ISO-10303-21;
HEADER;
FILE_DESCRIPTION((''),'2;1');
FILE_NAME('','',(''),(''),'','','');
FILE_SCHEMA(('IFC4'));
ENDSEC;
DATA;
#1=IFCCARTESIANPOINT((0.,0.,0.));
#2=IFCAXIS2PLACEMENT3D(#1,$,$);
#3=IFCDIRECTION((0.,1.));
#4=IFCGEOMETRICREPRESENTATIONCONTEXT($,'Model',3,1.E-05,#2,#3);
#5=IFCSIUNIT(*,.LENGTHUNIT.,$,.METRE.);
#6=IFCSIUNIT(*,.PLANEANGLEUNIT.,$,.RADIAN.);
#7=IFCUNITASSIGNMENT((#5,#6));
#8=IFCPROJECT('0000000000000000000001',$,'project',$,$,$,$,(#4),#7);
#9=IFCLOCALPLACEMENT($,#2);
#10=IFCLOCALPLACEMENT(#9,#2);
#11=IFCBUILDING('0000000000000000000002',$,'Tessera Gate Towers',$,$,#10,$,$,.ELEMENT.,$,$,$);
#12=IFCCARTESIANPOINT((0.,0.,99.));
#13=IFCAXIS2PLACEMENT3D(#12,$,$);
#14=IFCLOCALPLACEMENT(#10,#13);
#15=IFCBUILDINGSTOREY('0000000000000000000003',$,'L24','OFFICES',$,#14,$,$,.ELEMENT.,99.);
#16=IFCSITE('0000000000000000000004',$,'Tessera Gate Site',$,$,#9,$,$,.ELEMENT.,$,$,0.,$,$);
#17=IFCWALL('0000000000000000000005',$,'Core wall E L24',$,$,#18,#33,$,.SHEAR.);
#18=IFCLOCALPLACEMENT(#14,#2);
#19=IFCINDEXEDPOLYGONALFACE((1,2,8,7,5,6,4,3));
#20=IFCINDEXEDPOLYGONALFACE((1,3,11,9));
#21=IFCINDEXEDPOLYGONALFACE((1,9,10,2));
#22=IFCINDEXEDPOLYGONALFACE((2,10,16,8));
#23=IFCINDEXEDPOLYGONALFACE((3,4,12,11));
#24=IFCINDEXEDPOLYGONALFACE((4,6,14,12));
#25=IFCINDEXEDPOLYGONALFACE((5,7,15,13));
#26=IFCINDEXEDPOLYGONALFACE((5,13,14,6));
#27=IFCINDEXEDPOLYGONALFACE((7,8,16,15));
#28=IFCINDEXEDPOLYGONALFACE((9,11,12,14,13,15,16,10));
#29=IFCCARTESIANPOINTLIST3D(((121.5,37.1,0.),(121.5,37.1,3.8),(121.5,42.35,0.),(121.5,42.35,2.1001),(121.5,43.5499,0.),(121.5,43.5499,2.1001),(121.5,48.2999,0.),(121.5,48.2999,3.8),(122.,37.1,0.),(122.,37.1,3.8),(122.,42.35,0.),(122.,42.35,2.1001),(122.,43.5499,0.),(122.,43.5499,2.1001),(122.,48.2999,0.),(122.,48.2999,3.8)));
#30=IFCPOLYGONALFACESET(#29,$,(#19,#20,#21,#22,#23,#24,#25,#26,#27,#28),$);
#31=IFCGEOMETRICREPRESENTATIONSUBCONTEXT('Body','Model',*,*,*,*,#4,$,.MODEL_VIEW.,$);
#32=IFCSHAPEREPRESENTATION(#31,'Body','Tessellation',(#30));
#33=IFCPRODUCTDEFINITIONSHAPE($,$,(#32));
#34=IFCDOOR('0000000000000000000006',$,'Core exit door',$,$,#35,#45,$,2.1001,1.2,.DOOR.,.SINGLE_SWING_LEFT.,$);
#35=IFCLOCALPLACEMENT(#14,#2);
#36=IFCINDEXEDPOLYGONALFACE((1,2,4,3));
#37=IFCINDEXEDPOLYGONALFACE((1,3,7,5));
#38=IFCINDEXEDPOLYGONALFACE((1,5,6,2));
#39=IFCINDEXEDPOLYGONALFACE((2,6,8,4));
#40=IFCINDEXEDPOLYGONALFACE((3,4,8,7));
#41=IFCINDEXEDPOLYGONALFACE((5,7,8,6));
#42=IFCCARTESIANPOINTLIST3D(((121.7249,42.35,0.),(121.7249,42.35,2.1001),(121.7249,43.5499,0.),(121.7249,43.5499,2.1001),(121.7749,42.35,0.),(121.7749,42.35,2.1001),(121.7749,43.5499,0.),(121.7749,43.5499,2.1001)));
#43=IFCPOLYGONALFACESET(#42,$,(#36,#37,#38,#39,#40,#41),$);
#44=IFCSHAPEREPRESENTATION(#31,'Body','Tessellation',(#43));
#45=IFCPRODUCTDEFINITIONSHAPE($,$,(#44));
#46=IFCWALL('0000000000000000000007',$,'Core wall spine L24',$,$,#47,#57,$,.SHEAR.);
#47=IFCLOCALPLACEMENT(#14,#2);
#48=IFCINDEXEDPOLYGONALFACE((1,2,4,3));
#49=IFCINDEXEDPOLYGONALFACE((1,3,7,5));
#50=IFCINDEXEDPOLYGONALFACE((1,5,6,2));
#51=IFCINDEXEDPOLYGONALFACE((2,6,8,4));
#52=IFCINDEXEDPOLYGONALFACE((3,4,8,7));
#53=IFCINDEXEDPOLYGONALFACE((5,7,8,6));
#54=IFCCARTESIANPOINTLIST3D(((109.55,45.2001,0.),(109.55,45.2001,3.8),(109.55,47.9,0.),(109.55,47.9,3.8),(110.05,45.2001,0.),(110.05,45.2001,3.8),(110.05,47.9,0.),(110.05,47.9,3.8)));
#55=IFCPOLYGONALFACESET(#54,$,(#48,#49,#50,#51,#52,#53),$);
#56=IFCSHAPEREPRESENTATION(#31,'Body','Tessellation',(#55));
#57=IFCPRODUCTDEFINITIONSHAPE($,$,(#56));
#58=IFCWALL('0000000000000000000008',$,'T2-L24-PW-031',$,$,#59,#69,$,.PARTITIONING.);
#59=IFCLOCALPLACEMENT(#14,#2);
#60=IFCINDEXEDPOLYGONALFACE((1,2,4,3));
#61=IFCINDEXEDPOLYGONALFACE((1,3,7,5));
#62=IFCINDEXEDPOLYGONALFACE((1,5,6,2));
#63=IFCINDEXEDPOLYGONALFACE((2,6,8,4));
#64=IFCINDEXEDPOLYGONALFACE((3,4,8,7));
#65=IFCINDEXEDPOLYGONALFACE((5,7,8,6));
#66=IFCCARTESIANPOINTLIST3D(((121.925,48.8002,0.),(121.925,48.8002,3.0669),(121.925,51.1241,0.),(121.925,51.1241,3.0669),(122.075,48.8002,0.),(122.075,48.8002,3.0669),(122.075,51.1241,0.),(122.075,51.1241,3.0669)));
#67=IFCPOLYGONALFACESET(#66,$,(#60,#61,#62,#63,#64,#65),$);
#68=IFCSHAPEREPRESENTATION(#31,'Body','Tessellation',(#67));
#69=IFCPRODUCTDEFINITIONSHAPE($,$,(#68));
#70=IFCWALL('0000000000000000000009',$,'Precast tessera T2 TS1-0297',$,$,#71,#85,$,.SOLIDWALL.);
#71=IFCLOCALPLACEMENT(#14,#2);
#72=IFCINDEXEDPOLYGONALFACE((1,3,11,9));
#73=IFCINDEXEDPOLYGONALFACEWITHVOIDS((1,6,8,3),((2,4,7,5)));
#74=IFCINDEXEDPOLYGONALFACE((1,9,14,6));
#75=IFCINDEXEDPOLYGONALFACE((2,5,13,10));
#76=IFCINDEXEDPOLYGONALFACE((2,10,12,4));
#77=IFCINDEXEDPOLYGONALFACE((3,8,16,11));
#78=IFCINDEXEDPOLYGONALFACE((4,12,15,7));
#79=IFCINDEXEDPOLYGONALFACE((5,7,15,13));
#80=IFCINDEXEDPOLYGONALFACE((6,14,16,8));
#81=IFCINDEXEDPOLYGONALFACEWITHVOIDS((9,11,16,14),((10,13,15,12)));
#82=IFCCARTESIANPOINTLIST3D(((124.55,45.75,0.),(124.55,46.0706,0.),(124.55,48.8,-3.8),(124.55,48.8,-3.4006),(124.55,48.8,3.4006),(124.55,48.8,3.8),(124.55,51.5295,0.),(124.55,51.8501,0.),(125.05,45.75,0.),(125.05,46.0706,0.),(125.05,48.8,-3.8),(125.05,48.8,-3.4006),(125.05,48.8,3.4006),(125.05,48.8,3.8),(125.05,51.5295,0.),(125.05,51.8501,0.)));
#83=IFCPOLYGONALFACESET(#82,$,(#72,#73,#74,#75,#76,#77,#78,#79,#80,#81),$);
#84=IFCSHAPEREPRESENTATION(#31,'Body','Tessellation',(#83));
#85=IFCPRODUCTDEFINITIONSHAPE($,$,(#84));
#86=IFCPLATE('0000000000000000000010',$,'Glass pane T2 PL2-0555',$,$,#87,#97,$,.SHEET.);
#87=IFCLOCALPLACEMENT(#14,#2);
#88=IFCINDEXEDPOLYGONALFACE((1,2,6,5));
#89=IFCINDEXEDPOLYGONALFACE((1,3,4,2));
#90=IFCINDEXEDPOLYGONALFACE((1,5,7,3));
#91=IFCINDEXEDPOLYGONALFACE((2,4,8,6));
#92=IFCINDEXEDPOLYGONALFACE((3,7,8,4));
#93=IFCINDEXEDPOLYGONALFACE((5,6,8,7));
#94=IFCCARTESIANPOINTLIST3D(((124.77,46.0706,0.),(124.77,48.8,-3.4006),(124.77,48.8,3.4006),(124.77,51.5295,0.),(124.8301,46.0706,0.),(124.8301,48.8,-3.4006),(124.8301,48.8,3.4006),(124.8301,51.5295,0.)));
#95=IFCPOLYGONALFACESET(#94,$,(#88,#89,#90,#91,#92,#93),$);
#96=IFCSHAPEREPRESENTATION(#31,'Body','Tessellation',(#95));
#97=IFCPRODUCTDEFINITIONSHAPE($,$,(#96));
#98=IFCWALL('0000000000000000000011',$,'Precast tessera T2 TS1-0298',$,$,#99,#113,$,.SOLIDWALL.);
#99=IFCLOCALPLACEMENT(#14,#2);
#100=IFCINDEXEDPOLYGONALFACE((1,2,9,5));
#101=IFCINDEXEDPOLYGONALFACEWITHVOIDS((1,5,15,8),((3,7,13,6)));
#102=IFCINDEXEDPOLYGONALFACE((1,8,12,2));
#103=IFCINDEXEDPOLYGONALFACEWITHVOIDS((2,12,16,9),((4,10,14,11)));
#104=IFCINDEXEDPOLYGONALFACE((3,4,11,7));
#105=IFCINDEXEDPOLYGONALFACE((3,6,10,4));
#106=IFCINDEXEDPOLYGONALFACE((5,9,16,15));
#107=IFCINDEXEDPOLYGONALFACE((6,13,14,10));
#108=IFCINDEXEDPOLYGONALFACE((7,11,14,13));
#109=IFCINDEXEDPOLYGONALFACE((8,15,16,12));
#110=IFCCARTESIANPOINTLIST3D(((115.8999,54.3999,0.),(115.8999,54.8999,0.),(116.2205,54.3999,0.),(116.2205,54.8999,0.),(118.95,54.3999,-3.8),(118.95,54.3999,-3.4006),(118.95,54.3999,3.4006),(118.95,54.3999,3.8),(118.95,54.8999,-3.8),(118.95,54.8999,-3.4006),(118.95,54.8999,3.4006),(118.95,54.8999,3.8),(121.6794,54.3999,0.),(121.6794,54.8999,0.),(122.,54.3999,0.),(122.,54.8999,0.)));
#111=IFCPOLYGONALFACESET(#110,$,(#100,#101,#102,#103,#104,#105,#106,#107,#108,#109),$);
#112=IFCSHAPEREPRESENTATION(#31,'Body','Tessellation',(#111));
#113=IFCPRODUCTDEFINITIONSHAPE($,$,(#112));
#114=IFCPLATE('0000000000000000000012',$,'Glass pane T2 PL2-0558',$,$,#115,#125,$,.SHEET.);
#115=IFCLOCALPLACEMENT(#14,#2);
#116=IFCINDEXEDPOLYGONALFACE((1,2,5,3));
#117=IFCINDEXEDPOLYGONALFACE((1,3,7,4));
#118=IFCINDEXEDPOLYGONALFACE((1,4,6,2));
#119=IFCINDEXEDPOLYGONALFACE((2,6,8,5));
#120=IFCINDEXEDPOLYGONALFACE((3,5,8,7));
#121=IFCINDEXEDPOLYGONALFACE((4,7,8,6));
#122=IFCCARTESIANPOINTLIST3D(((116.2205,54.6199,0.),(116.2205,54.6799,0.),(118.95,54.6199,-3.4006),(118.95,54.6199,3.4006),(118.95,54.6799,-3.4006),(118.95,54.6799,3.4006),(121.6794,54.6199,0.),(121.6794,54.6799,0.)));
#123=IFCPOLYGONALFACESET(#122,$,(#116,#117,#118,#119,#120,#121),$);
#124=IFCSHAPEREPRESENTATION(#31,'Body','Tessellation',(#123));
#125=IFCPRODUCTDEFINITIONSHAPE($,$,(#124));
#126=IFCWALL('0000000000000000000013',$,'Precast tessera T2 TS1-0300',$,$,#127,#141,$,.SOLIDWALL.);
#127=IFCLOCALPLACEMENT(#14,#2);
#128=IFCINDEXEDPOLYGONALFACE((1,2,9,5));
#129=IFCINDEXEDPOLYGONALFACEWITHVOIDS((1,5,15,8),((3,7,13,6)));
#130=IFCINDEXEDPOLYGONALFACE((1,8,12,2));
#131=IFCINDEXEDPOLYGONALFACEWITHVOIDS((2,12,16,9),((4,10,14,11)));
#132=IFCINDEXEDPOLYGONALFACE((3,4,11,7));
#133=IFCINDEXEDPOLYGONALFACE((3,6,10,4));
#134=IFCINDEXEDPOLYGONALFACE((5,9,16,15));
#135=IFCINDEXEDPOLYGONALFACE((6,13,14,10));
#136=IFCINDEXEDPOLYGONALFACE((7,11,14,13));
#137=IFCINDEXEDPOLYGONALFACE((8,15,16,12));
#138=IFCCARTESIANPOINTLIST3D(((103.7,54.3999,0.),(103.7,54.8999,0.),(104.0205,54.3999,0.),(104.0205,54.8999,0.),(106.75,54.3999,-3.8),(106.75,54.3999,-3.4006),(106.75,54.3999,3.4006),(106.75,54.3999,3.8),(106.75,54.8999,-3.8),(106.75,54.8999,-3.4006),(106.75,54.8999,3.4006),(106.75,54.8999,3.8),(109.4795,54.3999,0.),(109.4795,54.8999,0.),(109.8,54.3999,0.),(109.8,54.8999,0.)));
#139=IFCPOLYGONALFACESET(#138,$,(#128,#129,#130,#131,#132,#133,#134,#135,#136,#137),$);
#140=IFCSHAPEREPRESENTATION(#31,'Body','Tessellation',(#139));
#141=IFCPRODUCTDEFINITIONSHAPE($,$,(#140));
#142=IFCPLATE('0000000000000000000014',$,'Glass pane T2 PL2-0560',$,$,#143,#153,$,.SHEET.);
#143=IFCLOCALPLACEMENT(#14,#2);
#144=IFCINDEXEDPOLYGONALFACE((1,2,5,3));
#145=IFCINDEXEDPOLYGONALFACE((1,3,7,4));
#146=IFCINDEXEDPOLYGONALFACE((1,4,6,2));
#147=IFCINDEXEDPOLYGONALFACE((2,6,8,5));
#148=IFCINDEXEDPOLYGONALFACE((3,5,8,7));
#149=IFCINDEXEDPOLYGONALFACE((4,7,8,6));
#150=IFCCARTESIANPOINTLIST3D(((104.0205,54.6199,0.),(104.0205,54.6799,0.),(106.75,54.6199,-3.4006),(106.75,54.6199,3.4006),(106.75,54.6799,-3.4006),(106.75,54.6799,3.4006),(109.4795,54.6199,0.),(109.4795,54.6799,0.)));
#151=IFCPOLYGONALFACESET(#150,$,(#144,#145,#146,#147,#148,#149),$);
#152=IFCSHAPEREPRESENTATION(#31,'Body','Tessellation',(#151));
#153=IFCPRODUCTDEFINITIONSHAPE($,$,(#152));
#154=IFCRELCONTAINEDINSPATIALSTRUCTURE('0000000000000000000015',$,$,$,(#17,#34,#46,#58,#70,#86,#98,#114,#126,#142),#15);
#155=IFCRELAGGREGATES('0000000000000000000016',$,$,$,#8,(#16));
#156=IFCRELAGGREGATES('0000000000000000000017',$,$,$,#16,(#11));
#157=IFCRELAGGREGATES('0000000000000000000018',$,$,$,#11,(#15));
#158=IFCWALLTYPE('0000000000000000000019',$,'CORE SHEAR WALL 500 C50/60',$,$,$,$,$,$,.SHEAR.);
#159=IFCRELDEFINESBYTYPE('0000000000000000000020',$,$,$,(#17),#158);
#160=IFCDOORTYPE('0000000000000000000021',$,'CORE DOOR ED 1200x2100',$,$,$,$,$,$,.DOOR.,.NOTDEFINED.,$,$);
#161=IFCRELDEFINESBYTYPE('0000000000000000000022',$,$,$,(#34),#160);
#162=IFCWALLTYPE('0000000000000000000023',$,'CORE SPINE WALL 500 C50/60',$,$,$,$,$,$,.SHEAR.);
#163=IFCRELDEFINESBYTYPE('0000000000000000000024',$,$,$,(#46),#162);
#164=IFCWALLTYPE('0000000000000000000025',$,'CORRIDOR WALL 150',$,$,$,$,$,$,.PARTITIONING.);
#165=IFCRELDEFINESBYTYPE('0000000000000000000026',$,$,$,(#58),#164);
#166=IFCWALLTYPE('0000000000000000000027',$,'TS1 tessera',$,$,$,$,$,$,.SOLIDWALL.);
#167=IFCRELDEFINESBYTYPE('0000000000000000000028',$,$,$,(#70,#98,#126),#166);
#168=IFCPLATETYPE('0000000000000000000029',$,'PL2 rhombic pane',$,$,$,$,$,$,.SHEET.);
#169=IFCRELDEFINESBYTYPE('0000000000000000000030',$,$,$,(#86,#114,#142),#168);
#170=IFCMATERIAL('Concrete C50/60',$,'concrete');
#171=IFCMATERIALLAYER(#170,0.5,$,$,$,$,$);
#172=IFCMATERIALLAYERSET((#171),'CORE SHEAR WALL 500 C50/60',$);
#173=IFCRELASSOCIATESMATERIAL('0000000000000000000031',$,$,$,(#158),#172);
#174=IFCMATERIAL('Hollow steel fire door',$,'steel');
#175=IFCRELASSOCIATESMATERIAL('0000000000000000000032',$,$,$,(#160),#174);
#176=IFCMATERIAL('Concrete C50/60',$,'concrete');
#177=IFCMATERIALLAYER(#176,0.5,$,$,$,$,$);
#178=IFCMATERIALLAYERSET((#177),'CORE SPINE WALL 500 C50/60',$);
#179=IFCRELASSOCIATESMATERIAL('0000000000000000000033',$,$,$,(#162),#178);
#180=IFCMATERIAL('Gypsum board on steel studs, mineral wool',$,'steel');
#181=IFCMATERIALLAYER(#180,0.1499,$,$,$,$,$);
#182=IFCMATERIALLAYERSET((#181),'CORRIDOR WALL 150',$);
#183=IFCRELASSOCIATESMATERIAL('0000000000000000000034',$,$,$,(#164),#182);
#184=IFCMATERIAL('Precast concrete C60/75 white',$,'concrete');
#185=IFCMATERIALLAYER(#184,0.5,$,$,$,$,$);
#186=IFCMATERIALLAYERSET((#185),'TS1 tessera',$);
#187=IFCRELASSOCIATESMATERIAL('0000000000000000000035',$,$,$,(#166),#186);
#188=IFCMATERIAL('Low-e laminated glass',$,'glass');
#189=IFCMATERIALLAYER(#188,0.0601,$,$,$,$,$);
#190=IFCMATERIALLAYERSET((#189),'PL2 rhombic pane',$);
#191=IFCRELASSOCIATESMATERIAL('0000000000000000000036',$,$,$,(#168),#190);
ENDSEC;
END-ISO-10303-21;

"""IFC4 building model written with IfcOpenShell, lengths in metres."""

from ifc_helpers import new_model, si_unit, direction, frame, frame_2d, origin, place, context, subcontext, project, spatial, polyline, rectangle, outline, extrude, source, transform, mapped, material, layer, layer_set, type_object, element, fill, save


model = new_model("IFC4")

# Units and contexts
model_context = context("Model", 3, precision=1e-05, world=origin(), true_north=direction((0.0, 1.0)))
body_context = subcontext(model_context, "Body", "Model", "MODEL_VIEW")
ifc_project = project(units=[si_unit("LENGTHUNIT", "METRE"), si_unit("PLANEANGLEUNIT", "RADIAN")], contexts=[model_context])

# Site, building, storey
site_placement = place(None, origin())
site = spatial("IfcSite", under=ifc_project, at=site_placement, Name="Tessera Gate Site", CompositionType="ELEMENT", RefElevation=0.0)
building_placement = place(site_placement, origin())
building = spatial("IfcBuilding", under=site, at=building_placement, Name="Tessera Gate Towers", CompositionType="ELEMENT")
storey_placement = place(building_placement, frame((0.0, 0.0, 99.0)))
storey = spatial("IfcBuildingStorey", under=building, at=storey_placement, Name="L24", Description="OFFICES", CompositionType="ELEMENT", Elevation=99.0)

# Wall, opening, door
ifc_material_1 = material(Name="Concrete C50/60", Category="concrete")
ifc_layer_1 = layer(ifc_material_1, 0.5)
ifc_layer_set_1 = layer_set([ifc_layer_1], Name="CORE SHEAR WALL 500 C50/60")
wall_type_1 = type_object("IfcWallType", Name="CORE SHEAR WALL 500 C50/60", PredefinedType="SHEAR", material=ifc_layer_set_1)
wall_1_placement = place(storey_placement, frame((121.75, 48.3, 0.0), z_axis=(0.0, 0.0, 1.0), x_axis=(0.0, -1.0, 0.0)))
wall_1 = element("IfcWall", 1, at=wall_1_placement, inside=storey, type_object=wall_type_1, Name="Core wall E L24", PredefinedType="SHEAR", context=body_context, shape_type="SweptSolid", body=[
    extrude(rectangle(XDim=11.2, YDim=0.5, at=frame_2d((5.6001, 0.0))), origin(), (0.0, 0.0, 1.0), 3.8),
])
shared_shape_1 = source(origin(), body_context, "Body", "SweptSolid", [
    extrude(rectangle(XDim=1.2, YDim=2.1001, at=frame_2d((0.6001, 1.05))), frame((0.0, 0.26, 0.0), z_axis=(0.0, -1.0, 0.0), x_axis=(1.0, 0.0, 0.0)), (0.0, 0.0, 1.0), 0.52),
])
opening_1_placement = place(wall_1_placement, frame((4.75, 0.0, 0.0)))
opening_1 = element("IfcOpeningElement", 2, at=opening_1_placement, cuts=wall_1, PredefinedType="OPENING", context=body_context, shape_type="MappedRepresentation", body=[
    mapped(shared_shape_1, transform((0.0, 0.0, 0.0), scale=1.0)),
])
ifc_material_2 = material(Name="Hollow steel fire door", Category="steel")
door_type_1 = type_object("IfcDoorType", Name="CORE DOOR ED 1200x2100", OperationType="NOTDEFINED", PredefinedType="DOOR", material=ifc_material_2)
shared_shape_2 = source(origin(), body_context, "Body", "SweptSolid", [
    extrude(rectangle(XDim=1.2, YDim=2.1001, at=frame_2d((0.6001, 1.05))), frame((0.0, 0.0249, 0.0), z_axis=(0.0, -1.0, 0.0), x_axis=(1.0, 0.0, 0.0)), (0.0, 0.0, 1.0), 0.05),
])
door_1_placement = place(opening_1_placement, origin())
door_1 = element("IfcDoor", 3, at=door_1_placement, inside=storey, type_object=door_type_1, Name="Core exit door", OperationType="SINGLE_SWING_LEFT", OverallHeight=2.1001, OverallWidth=1.2, PredefinedType="DOOR", context=body_context, shape_type="MappedRepresentation", body=[
    mapped(shared_shape_2, transform((0.0, 0.0, 0.0), scale=1.0)),
])
fill(opening_1, door_1)

# Walls
ifc_material_3 = material(Name="Concrete C50/60", Category="concrete")
ifc_layer_2 = layer(ifc_material_3, 0.5)
ifc_layer_set_2 = layer_set([ifc_layer_2], Name="CORE SPINE WALL 500 C50/60")
wall_type_2 = type_object("IfcWallType", Name="CORE SPINE WALL 500 C50/60", PredefinedType="SHEAR", material=ifc_layer_set_2)
wall_2_placement = place(storey_placement, frame((109.8, 45.2, 0.0), z_axis=(0.0, 0.0, 1.0), x_axis=(0.0, 1.0, 0.0)))
element("IfcWall", 4, at=wall_2_placement, inside=storey, type_object=wall_type_2, Name="Core wall spine L24", PredefinedType="SHEAR", context=body_context, shape_type="SweptSolid", body=[
    extrude(rectangle(XDim=2.7, YDim=0.5, at=frame_2d((1.3501, 0.0))), origin(), (0.0, 0.0, 1.0), 3.8),
])
ifc_material_4 = material(Name="Gypsum board on steel studs, mineral wool", Category="steel")
ifc_layer_3 = layer(ifc_material_4, 0.1499)
ifc_layer_set_3 = layer_set([ifc_layer_3], Name="CORRIDOR WALL 150")
wall_type_3 = type_object("IfcWallType", Name="CORRIDOR WALL 150", PredefinedType="PARTITIONING", material=ifc_layer_set_3)
wall_3_placement = place(storey_placement, frame((122.0, 48.8, 0.0), z_axis=(0.0, 0.0, 1.0), x_axis=(0.0, 1.0, 0.0)))
element("IfcWall", 5, at=wall_3_placement, inside=storey, type_object=wall_type_3, Name="T2-L24-PW-031", PredefinedType="PARTITIONING", context=body_context, shape_type="SweptSolid", body=[
    extrude(rectangle(XDim=2.324, YDim=0.1499, at=frame_2d((1.1621, 0.0))), origin(), (0.0, 0.0, 1.0), 3.0669),
])

# Walls, openings, plates
ifc_material_5 = material(Name="Precast concrete C60/75 white", Category="concrete")
ifc_layer_4 = layer(ifc_material_5, 0.5)
ifc_layer_set_4 = layer_set([ifc_layer_4], Name="TS1 tessera")
wall_type_4 = type_object("IfcWallType", Name="TS1 tessera", PredefinedType="SOLIDWALL", material=ifc_layer_set_4)
shared_shape_3 = source(origin(), body_context, "Body", "SweptSolid", [
    extrude(outline(polyline([(3.05, 0.0), (6.1001, 3.8), (3.05, 7.6001), (0.0, 3.8), (3.05, 0.0)])), frame((0.0, 0.25, 0.0), z_axis=(0.0, -1.0, 0.0), x_axis=(1.0, 0.0, 0.0)), (0.0, 0.0, 1.0), 0.5),
])
wall_4_placement = place(storey_placement, frame((124.8, 45.75, -3.8), z_axis=(0.0, 0.0, 1.0), x_axis=(0.0, 1.0, 0.0)))
wall_4 = element("IfcWall", 6, at=wall_4_placement, inside=storey, type_object=wall_type_4, Name="Precast tessera T2 TS1-0297", PredefinedType="SOLIDWALL", context=body_context, shape_type="MappedRepresentation", body=[
    mapped(shared_shape_3, transform((0.0, 0.0, 0.0), scale=1.0)),
])
shared_shape_4 = source(origin(), body_context, "Body", "SweptSolid", [
    extrude(outline(polyline([(3.05, 0.3994), (5.7795, 3.8), (3.05, 7.2007), (0.3206, 3.8), (3.05, 0.3994)])), frame((0.0, 0.26, 0.0), z_axis=(0.0, -1.0, 0.0), x_axis=(1.0, 0.0, 0.0)), (0.0, 0.0, 1.0), 0.52),
])
opening_2_placement = place(wall_4_placement, origin())
opening_2 = element("IfcOpeningElement", 7, at=opening_2_placement, cuts=wall_4, PredefinedType="OPENING", context=body_context, shape_type="MappedRepresentation", body=[
    mapped(shared_shape_4, transform((0.0, 0.0, 0.0), scale=1.0)),
])
ifc_material_6 = material(Name="Low-e laminated glass", Category="glass")
ifc_layer_5 = layer(ifc_material_6, 0.0601)
ifc_layer_set_5 = layer_set([ifc_layer_5], Name="PL2 rhombic pane")
plate_type = type_object("IfcPlateType", Name="PL2 rhombic pane", PredefinedType="SHEET", material=ifc_layer_set_5)
shared_shape_5 = source(origin(), body_context, "Body", "SweptSolid", [
    extrude(outline(polyline([(3.05, 0.3994), (5.7795, 3.8), (3.05, 7.2007), (0.3206, 3.8), (3.05, 0.3994)])), frame((0.0, 0.03, 0.0), z_axis=(0.0, -1.0, 0.0), x_axis=(1.0, 0.0, 0.0)), (0.0, 0.0, 1.0), 0.0601),
])
plate_1_placement = place(opening_2_placement, origin())
plate_1 = element("IfcPlate", 8, at=plate_1_placement, inside=storey, type_object=plate_type, Name="Glass pane T2 PL2-0555", PredefinedType="SHEET", context=body_context, shape_type="MappedRepresentation", body=[
    mapped(shared_shape_5, transform((0.0, 0.0, 0.0), scale=1.0)),
])
fill(opening_2, plate_1)
wall_5_placement = place(storey_placement, frame((122.0, 54.6499, -3.8), z_axis=(0.0, 0.0, 1.0), x_axis=(-1.0, 0.0, 0.0)))
wall_5 = element("IfcWall", 9, at=wall_5_placement, inside=storey, type_object=wall_type_4, Name="Precast tessera T2 TS1-0298", PredefinedType="SOLIDWALL", context=body_context, shape_type="MappedRepresentation", body=[
    mapped(shared_shape_3, transform((0.0, 0.0, 0.0), scale=1.0)),
])
opening_3_placement = place(wall_5_placement, origin())
opening_3 = element("IfcOpeningElement", 10, at=opening_3_placement, cuts=wall_5, PredefinedType="OPENING", context=body_context, shape_type="MappedRepresentation", body=[
    mapped(shared_shape_4, transform((0.0, 0.0, 0.0), scale=1.0)),
])
plate_2_placement = place(opening_3_placement, origin())
plate_2 = element("IfcPlate", 11, at=plate_2_placement, inside=storey, type_object=plate_type, Name="Glass pane T2 PL2-0558", PredefinedType="SHEET", context=body_context, shape_type="MappedRepresentation", body=[
    mapped(shared_shape_5, transform((0.0, 0.0, 0.0), scale=1.0)),
])
fill(opening_3, plate_2)
wall_6_placement = place(storey_placement, frame((109.8, 54.6499, -3.8), z_axis=(0.0, 0.0, 1.0), x_axis=(-1.0, 0.0, 0.0)))
wall_6 = element("IfcWall", 12, at=wall_6_placement, inside=storey, type_object=wall_type_4, Name="Precast tessera T2 TS1-0300", PredefinedType="SOLIDWALL", context=body_context, shape_type="MappedRepresentation", body=[
    mapped(shared_shape_3, transform((0.0, 0.0, 0.0), scale=1.0)),
])
opening_4_placement = place(wall_6_placement, origin())
opening_4 = element("IfcOpeningElement", 13, at=opening_4_placement, cuts=wall_6, PredefinedType="OPENING", context=body_context, shape_type="MappedRepresentation", body=[
    mapped(shared_shape_4, transform((0.0, 0.0, 0.0), scale=1.0)),
])
plate_3_placement = place(opening_4_placement, origin())
plate_3 = element("IfcPlate", 14, at=plate_3_placement, inside=storey, type_object=plate_type, Name="Glass pane T2 PL2-0560", PredefinedType="SHEET", context=body_context, shape_type="MappedRepresentation", body=[
    mapped(shared_shape_5, transform((0.0, 0.0, 0.0), scale=1.0)),
])
fill(opening_4, plate_3)

save(model, "model.ifc")
